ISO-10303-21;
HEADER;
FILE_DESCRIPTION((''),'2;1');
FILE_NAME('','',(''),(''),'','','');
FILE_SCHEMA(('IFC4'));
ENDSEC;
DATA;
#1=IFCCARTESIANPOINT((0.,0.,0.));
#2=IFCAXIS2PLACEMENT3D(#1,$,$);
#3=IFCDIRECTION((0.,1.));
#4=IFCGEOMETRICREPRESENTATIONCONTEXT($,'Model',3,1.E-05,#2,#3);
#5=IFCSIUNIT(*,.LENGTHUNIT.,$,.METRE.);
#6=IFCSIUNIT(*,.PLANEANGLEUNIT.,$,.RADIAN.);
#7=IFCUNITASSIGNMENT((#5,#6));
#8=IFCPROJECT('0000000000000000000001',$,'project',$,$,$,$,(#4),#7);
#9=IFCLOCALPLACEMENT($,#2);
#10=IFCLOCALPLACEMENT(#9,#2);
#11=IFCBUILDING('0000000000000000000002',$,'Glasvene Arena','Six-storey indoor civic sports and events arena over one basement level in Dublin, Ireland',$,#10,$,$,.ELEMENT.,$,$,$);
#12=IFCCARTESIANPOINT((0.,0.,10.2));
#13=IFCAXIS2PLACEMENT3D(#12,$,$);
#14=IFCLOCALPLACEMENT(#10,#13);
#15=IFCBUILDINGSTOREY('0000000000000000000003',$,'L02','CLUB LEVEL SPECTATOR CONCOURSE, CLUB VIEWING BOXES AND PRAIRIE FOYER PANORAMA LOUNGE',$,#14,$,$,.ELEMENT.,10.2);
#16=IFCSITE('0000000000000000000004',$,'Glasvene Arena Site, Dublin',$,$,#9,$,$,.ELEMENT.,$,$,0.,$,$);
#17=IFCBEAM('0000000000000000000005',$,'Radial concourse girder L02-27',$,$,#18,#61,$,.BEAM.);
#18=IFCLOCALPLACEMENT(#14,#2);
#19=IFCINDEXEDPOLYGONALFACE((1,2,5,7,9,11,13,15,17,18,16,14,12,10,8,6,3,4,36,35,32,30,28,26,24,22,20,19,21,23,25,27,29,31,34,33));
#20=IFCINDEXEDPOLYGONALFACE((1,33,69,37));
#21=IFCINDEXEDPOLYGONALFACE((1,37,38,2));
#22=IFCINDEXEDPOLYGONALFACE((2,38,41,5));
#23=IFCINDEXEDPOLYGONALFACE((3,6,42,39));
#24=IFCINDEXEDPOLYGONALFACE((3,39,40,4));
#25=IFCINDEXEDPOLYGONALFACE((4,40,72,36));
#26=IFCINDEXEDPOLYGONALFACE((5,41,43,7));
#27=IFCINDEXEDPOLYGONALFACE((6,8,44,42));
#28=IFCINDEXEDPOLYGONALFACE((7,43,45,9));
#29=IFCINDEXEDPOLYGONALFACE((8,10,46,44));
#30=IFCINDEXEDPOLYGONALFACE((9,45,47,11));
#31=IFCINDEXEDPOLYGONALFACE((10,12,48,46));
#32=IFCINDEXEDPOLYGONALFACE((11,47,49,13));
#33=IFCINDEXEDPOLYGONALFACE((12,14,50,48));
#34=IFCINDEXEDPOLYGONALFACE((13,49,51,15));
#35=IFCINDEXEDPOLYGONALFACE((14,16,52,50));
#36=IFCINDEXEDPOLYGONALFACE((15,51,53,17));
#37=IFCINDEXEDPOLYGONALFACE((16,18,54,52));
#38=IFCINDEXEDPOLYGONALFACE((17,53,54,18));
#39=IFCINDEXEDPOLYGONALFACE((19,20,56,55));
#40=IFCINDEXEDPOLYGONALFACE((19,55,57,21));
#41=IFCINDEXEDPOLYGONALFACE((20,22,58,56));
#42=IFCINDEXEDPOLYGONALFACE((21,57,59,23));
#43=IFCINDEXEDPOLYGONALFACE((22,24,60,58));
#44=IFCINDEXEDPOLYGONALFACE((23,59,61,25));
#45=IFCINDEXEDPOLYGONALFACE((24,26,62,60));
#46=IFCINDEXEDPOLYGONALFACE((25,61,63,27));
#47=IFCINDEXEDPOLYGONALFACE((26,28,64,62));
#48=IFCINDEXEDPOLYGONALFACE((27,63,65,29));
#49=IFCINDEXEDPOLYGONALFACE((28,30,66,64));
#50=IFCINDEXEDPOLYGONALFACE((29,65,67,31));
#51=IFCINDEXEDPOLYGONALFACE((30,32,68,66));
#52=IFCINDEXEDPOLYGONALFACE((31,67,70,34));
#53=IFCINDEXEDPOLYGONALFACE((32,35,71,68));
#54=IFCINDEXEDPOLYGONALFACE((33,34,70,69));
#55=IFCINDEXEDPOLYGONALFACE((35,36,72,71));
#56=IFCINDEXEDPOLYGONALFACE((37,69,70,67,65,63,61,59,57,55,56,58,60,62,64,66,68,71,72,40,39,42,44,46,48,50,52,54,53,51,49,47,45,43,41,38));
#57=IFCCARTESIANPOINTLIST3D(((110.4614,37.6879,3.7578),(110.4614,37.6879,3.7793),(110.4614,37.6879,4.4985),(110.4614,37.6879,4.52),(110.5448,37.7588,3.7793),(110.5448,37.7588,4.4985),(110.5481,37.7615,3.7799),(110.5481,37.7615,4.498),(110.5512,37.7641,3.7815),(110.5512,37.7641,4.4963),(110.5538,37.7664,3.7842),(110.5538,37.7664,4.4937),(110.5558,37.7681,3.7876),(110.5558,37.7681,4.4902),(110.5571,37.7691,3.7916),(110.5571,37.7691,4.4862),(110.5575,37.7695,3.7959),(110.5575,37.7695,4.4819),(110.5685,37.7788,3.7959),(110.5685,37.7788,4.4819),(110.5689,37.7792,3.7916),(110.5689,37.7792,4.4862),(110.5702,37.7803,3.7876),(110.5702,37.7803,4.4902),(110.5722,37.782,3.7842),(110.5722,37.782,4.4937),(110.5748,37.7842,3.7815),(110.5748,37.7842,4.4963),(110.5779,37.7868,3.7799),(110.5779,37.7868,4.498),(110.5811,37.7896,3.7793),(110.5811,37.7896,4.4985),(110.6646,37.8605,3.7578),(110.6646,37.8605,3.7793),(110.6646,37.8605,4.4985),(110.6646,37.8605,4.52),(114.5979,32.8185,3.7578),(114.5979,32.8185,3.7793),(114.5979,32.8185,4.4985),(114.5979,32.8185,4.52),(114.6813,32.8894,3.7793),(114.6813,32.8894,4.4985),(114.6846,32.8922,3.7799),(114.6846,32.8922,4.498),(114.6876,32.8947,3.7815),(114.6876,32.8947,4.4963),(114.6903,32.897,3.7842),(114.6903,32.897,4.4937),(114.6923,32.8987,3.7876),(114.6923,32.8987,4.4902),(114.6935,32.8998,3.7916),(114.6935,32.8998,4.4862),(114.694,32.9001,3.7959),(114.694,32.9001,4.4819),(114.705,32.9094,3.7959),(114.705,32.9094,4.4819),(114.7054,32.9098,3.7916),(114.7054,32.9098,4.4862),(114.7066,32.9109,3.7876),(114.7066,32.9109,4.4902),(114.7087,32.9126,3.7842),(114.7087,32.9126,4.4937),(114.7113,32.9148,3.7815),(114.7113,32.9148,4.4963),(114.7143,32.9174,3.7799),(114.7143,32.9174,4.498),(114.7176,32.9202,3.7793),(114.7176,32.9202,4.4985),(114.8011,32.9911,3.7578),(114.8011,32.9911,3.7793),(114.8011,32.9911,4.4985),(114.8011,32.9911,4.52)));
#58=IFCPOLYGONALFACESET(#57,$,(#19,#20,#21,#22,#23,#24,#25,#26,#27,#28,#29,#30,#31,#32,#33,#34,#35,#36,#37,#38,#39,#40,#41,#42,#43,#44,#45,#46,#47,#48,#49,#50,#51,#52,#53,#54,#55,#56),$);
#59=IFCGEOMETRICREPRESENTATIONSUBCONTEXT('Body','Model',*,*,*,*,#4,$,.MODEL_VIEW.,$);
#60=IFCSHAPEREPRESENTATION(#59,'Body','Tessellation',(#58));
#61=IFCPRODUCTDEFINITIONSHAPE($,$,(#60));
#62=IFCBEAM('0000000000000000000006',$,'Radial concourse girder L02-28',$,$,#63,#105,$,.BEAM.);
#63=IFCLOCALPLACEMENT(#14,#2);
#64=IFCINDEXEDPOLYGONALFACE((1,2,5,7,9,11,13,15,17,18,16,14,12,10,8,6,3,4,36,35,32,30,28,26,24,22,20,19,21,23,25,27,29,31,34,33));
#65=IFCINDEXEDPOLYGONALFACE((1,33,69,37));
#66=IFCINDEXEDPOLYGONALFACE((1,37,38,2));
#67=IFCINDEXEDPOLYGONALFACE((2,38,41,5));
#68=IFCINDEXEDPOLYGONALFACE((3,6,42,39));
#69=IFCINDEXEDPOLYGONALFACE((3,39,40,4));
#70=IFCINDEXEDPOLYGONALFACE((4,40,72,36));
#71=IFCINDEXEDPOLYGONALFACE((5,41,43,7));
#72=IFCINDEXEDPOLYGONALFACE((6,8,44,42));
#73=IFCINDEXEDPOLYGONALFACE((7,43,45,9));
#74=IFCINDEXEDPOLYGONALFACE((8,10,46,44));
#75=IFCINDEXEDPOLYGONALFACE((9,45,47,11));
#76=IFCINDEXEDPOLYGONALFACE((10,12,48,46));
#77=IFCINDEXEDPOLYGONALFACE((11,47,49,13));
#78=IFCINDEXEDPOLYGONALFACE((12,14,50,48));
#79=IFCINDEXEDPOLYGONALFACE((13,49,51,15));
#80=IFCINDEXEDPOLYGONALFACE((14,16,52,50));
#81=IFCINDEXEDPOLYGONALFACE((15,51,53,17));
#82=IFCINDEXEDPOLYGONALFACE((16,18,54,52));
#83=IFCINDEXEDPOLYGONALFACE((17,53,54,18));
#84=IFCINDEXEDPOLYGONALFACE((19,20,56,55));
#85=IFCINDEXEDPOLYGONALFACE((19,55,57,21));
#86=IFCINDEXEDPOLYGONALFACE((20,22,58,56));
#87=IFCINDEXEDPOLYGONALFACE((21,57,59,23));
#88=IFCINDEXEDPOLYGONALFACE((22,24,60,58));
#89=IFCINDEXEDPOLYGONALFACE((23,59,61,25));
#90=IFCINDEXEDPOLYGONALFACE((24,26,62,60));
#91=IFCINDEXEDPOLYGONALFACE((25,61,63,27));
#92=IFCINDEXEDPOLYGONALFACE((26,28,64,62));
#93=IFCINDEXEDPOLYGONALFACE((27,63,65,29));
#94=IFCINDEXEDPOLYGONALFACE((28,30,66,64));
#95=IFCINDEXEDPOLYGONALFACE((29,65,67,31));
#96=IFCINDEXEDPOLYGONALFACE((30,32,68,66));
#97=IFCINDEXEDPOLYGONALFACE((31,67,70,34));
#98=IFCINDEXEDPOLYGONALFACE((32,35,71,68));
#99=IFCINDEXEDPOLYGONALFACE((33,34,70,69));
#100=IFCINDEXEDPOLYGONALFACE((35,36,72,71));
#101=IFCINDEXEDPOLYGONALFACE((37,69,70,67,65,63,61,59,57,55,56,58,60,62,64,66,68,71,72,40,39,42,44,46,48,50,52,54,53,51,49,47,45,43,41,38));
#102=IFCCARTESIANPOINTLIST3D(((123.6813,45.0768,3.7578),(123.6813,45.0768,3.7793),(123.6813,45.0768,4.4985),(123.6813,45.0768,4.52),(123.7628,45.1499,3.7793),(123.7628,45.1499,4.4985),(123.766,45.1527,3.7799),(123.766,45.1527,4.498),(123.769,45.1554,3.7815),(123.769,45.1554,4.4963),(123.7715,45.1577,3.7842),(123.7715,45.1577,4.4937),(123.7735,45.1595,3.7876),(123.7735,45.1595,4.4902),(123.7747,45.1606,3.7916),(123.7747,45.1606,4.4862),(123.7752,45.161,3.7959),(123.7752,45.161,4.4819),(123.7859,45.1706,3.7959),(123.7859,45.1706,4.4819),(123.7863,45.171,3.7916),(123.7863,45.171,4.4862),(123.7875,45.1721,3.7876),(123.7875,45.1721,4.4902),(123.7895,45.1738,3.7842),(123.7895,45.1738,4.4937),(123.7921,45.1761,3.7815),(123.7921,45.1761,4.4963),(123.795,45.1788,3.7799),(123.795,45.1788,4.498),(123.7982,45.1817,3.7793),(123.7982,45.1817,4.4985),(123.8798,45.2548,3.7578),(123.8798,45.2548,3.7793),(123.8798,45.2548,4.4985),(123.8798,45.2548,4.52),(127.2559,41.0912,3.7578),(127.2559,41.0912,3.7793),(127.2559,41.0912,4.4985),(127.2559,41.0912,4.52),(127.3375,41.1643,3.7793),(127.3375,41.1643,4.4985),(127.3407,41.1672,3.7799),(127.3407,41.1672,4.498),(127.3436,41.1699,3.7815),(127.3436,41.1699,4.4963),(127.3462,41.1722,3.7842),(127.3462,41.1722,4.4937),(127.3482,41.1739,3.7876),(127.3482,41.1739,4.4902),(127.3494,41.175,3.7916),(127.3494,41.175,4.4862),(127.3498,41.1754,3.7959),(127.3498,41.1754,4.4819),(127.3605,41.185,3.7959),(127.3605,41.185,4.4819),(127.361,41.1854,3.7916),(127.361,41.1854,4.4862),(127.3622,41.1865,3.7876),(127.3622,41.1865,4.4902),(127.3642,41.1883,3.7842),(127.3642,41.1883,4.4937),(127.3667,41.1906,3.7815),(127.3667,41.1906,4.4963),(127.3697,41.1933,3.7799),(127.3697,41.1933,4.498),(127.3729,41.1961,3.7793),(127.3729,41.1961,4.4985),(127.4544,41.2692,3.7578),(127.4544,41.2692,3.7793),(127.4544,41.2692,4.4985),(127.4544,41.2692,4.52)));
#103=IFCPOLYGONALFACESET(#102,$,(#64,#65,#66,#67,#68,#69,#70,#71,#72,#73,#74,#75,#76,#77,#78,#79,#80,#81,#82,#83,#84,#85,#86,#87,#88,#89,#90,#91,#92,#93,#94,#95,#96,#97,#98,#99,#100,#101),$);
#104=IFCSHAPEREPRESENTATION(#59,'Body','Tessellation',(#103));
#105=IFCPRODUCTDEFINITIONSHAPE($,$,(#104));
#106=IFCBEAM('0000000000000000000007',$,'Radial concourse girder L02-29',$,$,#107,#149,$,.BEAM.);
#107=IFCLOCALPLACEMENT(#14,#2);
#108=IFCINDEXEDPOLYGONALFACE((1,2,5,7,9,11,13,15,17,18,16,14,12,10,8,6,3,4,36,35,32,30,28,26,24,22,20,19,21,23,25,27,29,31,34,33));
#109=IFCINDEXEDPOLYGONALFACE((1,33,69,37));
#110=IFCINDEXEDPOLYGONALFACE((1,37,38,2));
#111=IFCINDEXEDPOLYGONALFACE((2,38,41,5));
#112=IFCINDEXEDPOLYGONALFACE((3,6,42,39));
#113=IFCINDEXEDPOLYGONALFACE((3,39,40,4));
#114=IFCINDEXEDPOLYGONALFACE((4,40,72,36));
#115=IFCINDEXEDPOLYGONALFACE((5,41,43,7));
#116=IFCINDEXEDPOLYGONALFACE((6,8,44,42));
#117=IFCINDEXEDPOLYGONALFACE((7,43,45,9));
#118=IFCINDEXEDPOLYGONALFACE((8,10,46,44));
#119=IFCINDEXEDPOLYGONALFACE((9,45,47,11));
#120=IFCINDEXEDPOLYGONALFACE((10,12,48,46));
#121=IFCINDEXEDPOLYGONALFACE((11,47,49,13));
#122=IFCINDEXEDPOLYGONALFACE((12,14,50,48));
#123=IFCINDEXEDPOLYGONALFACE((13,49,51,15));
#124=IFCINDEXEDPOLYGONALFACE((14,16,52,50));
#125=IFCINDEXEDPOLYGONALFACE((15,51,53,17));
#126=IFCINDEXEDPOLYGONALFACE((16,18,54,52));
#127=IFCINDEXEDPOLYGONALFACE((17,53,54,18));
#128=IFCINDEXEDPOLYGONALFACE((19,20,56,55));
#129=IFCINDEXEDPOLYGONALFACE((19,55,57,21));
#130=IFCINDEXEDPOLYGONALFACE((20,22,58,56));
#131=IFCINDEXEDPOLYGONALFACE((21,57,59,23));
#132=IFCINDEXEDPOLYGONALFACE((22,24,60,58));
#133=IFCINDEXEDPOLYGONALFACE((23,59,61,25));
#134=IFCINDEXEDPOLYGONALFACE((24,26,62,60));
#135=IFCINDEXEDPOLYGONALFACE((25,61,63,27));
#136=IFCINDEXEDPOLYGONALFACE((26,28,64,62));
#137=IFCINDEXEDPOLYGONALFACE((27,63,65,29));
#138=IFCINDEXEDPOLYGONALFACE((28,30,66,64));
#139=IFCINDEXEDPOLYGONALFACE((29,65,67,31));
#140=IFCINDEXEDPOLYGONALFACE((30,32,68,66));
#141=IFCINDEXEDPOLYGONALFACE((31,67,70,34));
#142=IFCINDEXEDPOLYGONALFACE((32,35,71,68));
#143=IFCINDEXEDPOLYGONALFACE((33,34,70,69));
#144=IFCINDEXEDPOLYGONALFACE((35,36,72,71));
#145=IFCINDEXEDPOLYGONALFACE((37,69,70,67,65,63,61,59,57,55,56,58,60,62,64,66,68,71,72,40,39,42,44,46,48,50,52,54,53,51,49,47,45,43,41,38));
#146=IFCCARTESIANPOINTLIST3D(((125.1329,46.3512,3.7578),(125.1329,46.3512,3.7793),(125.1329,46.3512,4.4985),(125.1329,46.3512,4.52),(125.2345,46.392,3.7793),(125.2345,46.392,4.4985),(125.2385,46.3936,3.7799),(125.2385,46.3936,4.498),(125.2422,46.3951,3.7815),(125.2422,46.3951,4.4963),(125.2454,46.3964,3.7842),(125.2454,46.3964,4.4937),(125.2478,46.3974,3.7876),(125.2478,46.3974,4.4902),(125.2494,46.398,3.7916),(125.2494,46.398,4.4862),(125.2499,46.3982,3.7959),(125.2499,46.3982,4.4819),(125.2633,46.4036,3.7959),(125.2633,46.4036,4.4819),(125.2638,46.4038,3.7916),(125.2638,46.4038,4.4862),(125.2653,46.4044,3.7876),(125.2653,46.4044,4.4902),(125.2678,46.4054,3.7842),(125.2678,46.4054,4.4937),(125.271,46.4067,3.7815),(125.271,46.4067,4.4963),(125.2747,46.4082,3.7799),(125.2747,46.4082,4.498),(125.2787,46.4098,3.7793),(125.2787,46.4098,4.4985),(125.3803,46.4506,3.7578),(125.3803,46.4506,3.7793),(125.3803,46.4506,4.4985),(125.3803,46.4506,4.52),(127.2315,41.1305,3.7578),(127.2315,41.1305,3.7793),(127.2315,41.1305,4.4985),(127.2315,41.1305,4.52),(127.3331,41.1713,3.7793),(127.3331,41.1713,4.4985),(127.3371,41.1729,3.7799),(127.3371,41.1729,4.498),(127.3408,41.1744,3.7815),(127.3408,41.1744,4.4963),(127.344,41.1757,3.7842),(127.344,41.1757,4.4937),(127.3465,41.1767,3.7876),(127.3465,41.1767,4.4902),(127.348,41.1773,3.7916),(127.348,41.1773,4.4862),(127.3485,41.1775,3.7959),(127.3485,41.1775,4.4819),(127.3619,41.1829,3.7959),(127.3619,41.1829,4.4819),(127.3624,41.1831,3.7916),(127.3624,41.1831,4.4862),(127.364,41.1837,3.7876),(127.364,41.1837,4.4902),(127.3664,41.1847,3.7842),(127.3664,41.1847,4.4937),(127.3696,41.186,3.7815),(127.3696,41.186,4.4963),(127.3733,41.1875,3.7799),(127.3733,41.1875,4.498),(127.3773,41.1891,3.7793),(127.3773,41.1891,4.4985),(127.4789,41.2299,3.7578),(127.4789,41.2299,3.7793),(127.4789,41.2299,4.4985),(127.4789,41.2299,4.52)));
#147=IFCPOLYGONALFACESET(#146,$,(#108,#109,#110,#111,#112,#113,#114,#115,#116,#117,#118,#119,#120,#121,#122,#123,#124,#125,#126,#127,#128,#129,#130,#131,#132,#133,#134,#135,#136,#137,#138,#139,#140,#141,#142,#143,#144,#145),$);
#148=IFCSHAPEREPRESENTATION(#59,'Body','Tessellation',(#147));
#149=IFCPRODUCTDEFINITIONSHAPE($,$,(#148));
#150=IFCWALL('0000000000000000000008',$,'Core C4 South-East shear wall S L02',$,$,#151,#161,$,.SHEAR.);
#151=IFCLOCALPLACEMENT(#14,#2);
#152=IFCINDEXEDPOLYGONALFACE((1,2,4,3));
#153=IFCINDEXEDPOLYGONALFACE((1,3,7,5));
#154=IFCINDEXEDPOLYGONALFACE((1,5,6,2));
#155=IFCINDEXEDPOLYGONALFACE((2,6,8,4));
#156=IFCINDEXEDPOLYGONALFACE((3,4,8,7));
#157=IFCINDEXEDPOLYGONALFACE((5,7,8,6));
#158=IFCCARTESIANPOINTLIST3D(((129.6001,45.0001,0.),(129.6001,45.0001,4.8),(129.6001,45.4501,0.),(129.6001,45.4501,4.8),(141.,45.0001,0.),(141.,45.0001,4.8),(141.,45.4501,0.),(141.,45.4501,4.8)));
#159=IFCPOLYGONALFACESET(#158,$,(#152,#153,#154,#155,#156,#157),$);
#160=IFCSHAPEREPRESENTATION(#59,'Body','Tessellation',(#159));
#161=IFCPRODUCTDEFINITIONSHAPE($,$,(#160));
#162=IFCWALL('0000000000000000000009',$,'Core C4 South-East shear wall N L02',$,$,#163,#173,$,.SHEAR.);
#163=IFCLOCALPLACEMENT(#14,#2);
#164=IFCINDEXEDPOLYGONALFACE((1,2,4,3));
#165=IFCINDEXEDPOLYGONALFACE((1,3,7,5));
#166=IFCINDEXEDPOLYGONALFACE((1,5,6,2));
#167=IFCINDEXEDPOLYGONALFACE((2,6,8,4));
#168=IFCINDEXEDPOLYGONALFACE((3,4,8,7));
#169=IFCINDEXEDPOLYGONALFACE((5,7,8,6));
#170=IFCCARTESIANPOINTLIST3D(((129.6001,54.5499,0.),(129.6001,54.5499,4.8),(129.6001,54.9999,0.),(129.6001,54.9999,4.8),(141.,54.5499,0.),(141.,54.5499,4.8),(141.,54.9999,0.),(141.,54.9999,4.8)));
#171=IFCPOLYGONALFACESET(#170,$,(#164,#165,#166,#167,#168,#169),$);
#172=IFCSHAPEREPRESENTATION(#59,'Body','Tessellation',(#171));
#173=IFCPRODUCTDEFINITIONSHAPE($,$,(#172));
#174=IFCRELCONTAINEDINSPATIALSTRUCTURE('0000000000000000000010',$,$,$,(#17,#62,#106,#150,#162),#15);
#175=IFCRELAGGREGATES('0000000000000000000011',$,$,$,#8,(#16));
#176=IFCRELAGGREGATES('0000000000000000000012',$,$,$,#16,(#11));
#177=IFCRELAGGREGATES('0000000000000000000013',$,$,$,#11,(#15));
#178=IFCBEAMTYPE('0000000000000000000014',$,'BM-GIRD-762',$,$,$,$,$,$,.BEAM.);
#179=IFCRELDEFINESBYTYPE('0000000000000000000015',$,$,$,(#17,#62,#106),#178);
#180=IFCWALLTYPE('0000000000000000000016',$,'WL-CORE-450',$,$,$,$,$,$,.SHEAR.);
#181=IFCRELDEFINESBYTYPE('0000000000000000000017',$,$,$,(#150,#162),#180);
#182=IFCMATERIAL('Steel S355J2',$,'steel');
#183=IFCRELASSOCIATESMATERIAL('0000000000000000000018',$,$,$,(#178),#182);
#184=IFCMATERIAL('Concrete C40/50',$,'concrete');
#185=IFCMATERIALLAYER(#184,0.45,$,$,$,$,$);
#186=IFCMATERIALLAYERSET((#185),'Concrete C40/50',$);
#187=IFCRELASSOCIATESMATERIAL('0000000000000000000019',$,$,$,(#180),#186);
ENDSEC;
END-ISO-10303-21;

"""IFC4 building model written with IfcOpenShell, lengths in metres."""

from ifc_helpers import new_model, si_unit, direction, frame, frame_2d, origin, origin_2d, place, context, subcontext, project, spatial, rectangle, i_section, extrude, material, layer, layer_set, material_profile, profile_set, type_object, element, save


model = new_model("IFC4")

# Units and contexts
model_context = context("Model", 3, precision=1e-05, world=origin(), true_north=direction((0.0, 1.0)))
body_context = subcontext(model_context, "Body", "Model", "MODEL_VIEW")
ifc_project = project(units=[si_unit("LENGTHUNIT", "METRE"), si_unit("PLANEANGLEUNIT", "RADIAN")], contexts=[model_context])

# Site, building, storey
site_placement = place(None, origin())
site = spatial("IfcSite", under=ifc_project, at=site_placement, Name="Glasvene Arena Site, Dublin", CompositionType="ELEMENT", RefElevation=0.0)
building_placement = place(site_placement, origin())
building = spatial("IfcBuilding", under=site, at=building_placement, Name="Glasvene Arena", Description="Six-storey indoor civic sports and events arena over one basement level in Dublin, Ireland", CompositionType="ELEMENT")
storey_placement = place(building_placement, frame((0.0, 0.0, 10.2)))
storey = spatial("IfcBuildingStorey", under=building, at=storey_placement, Name="L02", Description="CLUB LEVEL SPECTATOR CONCOURSE, CLUB VIEWING BOXES AND PRAIRIE FOYER PANORAMA LOUNGE", CompositionType="ELEMENT", Elevation=10.2)

# Shared definitions
ifc_material_1 = material(Name="Concrete C40/50", Category="concrete")
ifc_material_2 = material(Name="Steel S355J2", Category="steel")

# Beams
ifc_material_profile_1 = material_profile(ifc_material_2, i_section(OverallWidth=0.2666, OverallDepth=0.7622, WebThickness=0.0144, FlangeThickness=0.0215, FilletRadius=0.0166, at=origin_2d()), Name="UKB 762x267x173")
ifc_profile_set_1 = profile_set([ifc_material_profile_1], Name="Steel S355J2")
beam_type_1 = type_object("IfcBeamType", Name="BM-GIRD-762", PredefinedType="BEAM", material=ifc_profile_set_1)
beam_1_placement = place(storey_placement, frame((110.563, 37.7742, 4.1389), z_axis=(0.647421, -0.762133, 0.0), x_axis=(0.762133, 0.647421, 0.0)))
element("IfcBeam", 1, at=beam_1_placement, inside=storey, type_object=beam_type_1, Name="Radial concourse girder L02-27", PredefinedType="BEAM", context=body_context, shape_type="SweptSolid", body=[
    extrude(i_section(OverallWidth=0.2666, OverallDepth=0.7622, WebThickness=0.0144, FlangeThickness=0.0215, FilletRadius=0.0166, at=origin_2d()), origin(), (0.0, 0.0, 1.0), 6.3892),
])
beam_2_placement = place(storey_placement, frame((123.7805, 45.1658, 4.1389), z_axis=(0.667691, -0.744438, 0.0), x_axis=(0.744438, 0.667691, 0.0)))
element("IfcBeam", 2, at=beam_2_placement, inside=storey, type_object=beam_type_1, Name="Radial concourse girder L02-28", PredefinedType="BEAM", context=body_context, shape_type="SweptSolid", body=[
    extrude(i_section(OverallWidth=0.2666, OverallDepth=0.7622, WebThickness=0.0144, FlangeThickness=0.0215, FilletRadius=0.0166, at=origin_2d()), origin(), (0.0, 0.0, 1.0), 5.3538),
])
beam_3_placement = place(storey_placement, frame((125.2566, 46.4009, 4.1389), z_axis=(0.372976, -0.927841, 0.0), x_axis=(0.927841, 0.372976, 0.0)))
element("IfcBeam", 3, at=beam_3_placement, inside=storey, type_object=beam_type_1, Name="Radial concourse girder L02-29", PredefinedType="BEAM", context=body_context, shape_type="SweptSolid", body=[
    extrude(i_section(OverallWidth=0.2666, OverallDepth=0.7622, WebThickness=0.0144, FlangeThickness=0.0215, FilletRadius=0.0166, at=origin_2d()), origin(), (0.0, 0.0, 1.0), 5.6267),
])

# Walls
ifc_layer_1 = layer(ifc_material_1, 0.45)
ifc_layer_set_1 = layer_set([ifc_layer_1], Name="Concrete C40/50")
wall_type_1 = type_object("IfcWallType", Name="WL-CORE-450", PredefinedType="SHEAR", material=ifc_layer_set_1)
for number, where, z_axis, x_axis, name in (
    (4, (129.6001, 45.2251, 0.0), (0.0, 0.0, 1.0), (1.0, 0.0, 0.0), "Core C4 South-East shear wall S L02"),
    (5, (129.6001, 54.7749, 0.0), (0.0, 0.0, 1.0), (1.0, 0.0, 0.0), "Core C4 South-East shear wall N L02"),
):
    element("IfcWall", number, at=place(storey_placement, frame(where, z_axis=z_axis, x_axis=x_axis)), inside=storey, type_object=wall_type_1, Name=name, PredefinedType="SHEAR", context=body_context, shape_type="SweptSolid", body=[
        extrude(rectangle(XDim=11.3999, YDim=0.45, at=frame_2d((5.7, 0.0))), origin(), (0.0, 0.0, 1.0), 4.8),
    ])

save(model, "model.ifc")
